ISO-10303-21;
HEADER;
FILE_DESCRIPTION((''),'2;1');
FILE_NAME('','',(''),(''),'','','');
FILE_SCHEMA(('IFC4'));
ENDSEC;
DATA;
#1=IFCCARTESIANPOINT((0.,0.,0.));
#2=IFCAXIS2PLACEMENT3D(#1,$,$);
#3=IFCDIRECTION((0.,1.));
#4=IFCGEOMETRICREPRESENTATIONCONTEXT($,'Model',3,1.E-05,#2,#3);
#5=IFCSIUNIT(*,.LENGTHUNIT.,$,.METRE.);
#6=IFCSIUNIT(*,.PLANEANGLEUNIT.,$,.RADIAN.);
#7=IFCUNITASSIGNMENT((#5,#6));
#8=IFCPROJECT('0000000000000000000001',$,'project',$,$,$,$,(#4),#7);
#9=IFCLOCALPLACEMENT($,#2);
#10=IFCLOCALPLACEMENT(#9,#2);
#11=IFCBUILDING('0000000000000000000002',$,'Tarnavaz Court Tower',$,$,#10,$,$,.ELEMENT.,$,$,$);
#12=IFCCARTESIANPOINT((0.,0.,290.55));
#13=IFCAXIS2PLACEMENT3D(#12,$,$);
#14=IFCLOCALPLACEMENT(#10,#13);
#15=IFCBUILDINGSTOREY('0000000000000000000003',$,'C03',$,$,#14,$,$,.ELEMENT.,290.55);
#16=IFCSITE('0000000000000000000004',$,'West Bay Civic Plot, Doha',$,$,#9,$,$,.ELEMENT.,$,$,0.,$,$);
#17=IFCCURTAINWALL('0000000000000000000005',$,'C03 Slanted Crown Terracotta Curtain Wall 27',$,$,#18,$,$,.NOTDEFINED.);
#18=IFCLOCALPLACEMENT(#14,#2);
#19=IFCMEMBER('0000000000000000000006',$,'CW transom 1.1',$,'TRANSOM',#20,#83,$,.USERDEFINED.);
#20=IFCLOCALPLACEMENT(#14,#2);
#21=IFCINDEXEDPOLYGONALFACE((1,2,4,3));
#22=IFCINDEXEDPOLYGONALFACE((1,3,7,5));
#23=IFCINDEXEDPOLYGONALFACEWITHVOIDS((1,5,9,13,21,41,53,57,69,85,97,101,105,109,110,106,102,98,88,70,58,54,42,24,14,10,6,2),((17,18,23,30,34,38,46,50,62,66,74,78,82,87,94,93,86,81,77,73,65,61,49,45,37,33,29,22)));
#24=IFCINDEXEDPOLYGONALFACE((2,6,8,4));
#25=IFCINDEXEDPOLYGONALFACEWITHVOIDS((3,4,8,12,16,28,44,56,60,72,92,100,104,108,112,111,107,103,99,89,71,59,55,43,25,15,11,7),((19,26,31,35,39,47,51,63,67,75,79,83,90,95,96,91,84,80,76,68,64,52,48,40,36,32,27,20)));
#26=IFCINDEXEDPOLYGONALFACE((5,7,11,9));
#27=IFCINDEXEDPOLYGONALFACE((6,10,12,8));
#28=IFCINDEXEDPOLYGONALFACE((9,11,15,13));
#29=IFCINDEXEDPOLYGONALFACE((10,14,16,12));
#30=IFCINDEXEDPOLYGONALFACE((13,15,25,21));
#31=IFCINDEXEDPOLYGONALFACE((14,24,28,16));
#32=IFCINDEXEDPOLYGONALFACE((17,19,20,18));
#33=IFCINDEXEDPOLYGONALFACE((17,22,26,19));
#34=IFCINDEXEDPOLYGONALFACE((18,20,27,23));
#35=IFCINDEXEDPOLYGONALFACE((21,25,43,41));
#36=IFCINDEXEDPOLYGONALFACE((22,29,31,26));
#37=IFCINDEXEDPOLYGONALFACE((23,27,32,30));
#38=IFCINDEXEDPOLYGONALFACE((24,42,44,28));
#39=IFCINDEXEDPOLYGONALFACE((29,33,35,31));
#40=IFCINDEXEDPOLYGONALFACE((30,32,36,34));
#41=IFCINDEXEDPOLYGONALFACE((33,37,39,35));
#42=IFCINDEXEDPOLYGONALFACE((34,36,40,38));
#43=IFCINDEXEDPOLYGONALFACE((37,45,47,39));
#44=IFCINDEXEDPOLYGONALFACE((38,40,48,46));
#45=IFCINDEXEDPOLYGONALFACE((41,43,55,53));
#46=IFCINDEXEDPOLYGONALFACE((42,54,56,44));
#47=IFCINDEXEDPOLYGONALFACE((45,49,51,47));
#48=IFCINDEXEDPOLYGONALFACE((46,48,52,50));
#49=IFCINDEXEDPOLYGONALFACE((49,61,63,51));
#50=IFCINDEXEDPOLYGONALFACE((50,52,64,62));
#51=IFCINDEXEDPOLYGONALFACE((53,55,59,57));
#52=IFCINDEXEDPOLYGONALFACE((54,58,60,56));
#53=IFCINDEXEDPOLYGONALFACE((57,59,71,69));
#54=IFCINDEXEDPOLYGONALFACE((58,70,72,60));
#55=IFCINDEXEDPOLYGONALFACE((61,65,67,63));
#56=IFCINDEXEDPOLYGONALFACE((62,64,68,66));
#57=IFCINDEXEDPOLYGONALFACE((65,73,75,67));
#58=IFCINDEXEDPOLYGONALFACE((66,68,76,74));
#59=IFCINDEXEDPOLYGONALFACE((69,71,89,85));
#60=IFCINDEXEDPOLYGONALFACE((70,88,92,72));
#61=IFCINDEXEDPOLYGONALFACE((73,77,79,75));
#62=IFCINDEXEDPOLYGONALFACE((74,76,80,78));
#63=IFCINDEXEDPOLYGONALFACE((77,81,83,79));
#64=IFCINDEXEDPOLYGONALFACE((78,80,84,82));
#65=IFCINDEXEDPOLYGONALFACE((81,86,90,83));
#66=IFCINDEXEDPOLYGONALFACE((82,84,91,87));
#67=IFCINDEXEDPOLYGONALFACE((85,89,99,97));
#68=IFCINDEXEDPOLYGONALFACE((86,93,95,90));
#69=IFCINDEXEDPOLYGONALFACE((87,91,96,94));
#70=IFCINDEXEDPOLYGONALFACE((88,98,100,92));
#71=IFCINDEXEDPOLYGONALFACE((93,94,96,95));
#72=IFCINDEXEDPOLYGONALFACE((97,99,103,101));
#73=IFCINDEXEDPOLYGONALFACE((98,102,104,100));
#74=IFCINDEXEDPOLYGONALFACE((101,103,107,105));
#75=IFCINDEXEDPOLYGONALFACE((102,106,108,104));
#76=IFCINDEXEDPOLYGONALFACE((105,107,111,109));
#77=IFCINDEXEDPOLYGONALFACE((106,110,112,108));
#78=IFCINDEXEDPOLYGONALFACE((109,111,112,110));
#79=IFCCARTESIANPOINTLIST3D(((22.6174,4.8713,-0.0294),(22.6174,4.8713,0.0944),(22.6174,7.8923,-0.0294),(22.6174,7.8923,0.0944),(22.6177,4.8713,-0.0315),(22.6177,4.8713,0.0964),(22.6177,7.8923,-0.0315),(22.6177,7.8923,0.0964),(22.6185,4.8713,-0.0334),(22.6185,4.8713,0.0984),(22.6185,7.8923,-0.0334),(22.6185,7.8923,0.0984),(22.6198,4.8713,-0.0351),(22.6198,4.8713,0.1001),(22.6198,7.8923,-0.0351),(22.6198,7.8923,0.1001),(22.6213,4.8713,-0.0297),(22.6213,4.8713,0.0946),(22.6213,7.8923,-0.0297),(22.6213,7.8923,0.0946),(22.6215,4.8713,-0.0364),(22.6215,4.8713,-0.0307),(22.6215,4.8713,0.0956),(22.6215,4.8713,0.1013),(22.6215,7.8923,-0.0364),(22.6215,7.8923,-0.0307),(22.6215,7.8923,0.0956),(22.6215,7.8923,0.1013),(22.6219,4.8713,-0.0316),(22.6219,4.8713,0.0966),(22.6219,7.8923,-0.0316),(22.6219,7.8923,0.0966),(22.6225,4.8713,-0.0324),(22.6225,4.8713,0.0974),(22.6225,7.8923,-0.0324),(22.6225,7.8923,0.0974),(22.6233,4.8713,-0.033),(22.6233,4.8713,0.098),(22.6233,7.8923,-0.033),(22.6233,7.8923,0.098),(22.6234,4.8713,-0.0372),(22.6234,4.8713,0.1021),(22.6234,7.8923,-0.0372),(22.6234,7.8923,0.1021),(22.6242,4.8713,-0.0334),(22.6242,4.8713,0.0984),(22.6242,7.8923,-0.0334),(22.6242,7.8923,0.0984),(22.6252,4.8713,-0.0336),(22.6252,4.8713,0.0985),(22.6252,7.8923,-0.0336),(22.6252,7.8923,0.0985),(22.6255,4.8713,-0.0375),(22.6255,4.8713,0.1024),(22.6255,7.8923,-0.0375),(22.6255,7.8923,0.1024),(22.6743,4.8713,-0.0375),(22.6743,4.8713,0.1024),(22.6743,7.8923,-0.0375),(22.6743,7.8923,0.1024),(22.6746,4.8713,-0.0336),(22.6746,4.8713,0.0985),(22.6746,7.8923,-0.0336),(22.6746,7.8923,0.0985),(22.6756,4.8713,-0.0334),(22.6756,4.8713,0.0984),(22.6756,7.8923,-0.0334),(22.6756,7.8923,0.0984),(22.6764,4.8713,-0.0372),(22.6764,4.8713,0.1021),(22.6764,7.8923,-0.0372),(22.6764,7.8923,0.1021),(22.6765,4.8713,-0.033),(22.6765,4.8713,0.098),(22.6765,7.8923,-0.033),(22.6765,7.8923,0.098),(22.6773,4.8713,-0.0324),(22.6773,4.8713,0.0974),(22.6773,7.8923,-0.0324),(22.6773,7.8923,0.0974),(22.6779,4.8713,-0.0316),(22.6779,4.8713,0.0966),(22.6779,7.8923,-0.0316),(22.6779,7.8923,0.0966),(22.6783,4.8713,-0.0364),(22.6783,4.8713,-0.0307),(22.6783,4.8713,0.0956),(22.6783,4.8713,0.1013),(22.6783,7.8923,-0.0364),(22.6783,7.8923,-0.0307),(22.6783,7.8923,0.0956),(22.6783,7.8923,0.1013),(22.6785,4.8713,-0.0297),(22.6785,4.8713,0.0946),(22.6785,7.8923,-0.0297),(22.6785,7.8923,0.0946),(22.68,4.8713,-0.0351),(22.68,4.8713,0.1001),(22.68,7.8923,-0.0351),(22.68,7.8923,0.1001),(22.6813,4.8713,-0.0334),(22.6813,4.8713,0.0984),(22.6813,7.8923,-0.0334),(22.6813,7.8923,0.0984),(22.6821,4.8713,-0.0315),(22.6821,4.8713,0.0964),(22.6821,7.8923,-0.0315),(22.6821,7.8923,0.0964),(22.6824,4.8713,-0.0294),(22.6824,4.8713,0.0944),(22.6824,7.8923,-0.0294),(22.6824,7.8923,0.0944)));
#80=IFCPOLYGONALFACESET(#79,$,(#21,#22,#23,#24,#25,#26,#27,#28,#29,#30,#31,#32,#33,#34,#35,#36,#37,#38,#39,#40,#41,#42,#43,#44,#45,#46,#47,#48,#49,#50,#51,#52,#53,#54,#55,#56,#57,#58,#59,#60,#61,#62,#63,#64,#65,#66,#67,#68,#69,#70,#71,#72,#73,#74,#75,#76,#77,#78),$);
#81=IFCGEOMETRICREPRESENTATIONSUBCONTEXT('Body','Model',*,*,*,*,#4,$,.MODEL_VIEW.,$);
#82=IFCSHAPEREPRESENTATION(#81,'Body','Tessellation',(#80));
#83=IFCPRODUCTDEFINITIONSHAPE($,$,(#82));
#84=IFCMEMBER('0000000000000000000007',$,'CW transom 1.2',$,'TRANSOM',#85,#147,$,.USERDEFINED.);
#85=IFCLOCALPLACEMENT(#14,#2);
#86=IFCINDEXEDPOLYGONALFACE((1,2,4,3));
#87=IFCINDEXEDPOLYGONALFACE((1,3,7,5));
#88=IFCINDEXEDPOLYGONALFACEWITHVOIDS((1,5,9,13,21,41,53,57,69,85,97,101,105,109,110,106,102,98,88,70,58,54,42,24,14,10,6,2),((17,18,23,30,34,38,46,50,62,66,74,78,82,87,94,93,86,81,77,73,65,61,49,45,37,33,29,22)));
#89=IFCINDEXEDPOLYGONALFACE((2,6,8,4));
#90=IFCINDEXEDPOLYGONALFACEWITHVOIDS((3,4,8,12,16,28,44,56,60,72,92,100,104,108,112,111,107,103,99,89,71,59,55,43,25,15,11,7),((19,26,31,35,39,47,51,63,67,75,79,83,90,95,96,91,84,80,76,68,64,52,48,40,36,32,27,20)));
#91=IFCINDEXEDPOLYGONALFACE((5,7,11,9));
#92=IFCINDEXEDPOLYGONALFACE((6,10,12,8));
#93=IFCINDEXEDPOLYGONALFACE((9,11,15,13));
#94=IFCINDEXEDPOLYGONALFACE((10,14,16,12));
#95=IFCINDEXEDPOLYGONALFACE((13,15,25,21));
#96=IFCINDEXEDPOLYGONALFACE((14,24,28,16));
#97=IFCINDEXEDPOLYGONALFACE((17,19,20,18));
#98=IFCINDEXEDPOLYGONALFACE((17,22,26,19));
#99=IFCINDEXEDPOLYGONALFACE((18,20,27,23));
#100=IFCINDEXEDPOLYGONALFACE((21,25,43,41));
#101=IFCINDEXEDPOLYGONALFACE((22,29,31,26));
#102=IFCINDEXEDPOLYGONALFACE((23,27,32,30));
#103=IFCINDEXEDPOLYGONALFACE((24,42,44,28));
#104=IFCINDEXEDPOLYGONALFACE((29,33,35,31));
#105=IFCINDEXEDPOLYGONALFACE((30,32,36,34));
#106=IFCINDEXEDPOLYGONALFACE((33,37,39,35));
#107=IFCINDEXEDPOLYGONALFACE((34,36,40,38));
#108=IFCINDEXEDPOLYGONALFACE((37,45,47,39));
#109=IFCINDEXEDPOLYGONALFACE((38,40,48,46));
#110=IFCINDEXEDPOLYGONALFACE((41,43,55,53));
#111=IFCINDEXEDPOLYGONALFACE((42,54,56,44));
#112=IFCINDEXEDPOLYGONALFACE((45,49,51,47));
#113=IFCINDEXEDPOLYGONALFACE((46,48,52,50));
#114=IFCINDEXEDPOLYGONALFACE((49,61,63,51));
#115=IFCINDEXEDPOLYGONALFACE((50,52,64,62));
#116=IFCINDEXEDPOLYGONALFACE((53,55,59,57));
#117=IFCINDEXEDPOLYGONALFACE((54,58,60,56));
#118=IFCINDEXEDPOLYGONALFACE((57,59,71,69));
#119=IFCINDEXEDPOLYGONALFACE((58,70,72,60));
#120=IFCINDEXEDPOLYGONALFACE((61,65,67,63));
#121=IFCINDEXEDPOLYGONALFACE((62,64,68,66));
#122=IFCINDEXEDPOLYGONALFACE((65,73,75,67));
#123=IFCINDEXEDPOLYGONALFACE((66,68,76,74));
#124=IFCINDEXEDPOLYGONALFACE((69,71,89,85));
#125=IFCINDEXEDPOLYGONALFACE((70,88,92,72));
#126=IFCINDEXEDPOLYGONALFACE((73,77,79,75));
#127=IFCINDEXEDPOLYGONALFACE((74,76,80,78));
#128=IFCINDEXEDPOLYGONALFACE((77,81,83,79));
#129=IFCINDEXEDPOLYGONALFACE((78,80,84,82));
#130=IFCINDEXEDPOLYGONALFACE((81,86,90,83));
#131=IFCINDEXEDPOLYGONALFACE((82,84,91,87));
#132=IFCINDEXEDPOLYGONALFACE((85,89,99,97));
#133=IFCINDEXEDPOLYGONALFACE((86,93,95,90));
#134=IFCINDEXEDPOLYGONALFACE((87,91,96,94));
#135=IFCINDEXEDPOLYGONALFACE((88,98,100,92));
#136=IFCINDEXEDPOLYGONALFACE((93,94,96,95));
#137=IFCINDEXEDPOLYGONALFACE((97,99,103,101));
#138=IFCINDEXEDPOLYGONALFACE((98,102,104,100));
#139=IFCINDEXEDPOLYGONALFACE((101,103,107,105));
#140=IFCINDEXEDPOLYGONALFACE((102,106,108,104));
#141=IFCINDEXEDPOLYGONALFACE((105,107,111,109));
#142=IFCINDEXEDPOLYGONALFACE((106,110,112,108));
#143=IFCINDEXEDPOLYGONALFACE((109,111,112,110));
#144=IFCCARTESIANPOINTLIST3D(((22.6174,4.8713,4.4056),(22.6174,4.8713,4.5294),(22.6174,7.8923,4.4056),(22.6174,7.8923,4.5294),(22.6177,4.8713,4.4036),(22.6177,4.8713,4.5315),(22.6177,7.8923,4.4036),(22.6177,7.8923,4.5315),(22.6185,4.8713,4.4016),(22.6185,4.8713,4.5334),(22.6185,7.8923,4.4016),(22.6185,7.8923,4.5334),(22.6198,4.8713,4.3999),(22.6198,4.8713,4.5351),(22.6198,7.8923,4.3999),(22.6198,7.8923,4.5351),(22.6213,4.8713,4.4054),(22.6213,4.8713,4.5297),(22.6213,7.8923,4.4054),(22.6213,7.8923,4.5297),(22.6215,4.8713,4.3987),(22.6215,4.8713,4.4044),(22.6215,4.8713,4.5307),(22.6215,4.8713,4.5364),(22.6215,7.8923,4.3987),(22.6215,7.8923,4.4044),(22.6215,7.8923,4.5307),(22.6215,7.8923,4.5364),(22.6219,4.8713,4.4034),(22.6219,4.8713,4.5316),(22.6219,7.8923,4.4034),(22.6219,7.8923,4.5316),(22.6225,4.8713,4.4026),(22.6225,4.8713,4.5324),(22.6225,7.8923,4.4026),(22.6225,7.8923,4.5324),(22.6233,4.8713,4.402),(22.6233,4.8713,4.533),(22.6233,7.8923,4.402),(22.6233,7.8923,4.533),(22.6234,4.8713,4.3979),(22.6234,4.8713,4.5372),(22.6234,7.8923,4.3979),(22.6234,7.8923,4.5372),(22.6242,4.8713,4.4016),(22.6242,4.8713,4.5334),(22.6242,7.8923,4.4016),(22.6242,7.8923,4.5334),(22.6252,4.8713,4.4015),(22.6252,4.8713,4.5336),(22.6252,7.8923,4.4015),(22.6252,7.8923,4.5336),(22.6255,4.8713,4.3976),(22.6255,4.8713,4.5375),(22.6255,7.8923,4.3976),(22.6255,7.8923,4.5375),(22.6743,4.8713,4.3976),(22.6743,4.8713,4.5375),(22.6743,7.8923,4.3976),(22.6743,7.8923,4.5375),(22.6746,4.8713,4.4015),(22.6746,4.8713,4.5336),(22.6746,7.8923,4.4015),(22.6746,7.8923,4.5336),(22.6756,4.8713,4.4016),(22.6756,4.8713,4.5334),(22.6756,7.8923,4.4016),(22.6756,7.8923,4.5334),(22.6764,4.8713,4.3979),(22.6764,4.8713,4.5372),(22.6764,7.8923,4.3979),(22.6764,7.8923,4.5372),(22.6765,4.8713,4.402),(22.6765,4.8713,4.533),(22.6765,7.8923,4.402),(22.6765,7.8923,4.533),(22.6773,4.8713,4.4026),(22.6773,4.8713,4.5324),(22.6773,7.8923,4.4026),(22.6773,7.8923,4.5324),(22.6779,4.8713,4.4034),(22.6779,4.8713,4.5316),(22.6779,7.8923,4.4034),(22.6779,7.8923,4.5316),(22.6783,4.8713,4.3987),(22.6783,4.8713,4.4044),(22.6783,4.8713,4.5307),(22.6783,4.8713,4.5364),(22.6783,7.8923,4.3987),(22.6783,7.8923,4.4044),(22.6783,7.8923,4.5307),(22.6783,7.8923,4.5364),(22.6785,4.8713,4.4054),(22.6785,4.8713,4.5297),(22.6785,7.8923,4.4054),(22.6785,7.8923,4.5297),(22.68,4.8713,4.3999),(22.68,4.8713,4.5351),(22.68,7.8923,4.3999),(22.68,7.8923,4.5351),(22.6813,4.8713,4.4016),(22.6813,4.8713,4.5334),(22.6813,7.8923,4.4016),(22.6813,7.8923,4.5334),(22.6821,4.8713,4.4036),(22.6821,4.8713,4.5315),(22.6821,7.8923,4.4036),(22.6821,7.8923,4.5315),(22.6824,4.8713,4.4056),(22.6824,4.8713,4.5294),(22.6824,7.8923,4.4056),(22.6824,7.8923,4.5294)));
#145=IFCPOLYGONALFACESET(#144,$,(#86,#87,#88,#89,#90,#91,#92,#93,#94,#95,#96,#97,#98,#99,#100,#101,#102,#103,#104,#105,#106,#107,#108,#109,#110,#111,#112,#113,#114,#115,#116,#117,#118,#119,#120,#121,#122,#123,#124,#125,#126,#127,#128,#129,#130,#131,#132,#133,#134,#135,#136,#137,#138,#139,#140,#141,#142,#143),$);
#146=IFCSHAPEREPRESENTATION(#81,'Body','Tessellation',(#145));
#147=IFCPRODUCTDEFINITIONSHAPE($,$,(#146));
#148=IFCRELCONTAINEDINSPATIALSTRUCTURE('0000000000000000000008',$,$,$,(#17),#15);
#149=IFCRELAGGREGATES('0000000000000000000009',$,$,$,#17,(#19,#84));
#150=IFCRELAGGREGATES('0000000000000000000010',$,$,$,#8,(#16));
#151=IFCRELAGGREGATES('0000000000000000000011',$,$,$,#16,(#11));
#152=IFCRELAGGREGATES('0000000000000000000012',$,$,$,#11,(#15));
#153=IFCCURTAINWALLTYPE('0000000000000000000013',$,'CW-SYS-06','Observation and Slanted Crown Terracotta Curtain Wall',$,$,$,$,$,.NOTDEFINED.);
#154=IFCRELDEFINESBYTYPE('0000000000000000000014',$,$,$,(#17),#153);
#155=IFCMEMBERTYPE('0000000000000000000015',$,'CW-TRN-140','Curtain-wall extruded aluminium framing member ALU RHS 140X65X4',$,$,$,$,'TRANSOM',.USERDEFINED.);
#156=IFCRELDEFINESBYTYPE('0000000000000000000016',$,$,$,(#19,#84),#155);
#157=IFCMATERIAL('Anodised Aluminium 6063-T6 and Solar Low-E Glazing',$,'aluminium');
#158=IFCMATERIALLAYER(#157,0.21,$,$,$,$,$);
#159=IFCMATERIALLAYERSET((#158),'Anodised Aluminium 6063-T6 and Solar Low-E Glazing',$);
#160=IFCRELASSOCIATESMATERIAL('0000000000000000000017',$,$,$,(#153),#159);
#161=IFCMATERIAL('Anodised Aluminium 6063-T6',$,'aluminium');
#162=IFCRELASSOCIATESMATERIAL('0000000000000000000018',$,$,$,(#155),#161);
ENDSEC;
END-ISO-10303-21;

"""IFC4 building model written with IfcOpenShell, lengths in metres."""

from ifc_helpers import new_model, si_unit, direction, frame, origin, origin_2d, place, context, subcontext, project, spatial, hollow_rectangle, extrude, material, layer, layer_set, material_profile, profile_set, type_object, element, aggregate, save


model = new_model("IFC4")

# Units and contexts
model_context = context("Model", 3, precision=1e-05, world=origin(), true_north=direction((0.0, 1.0)))
body_context = subcontext(model_context, "Body", "Model", "MODEL_VIEW")
ifc_project = project(units=[si_unit("LENGTHUNIT", "METRE"), si_unit("PLANEANGLEUNIT", "RADIAN")], contexts=[model_context])

# Site, building, storey
site_placement = place(None, origin())
site = spatial("IfcSite", under=ifc_project, at=site_placement, Name="West Bay Civic Plot, Doha", CompositionType="ELEMENT", RefElevation=0.0)
building_placement = place(site_placement, origin())
building = spatial("IfcBuilding", under=site, at=building_placement, Name="Tarnavaz Court Tower", CompositionType="ELEMENT")
storey_placement = place(building_placement, frame((0.0, 0.0, 290.55)))
storey = spatial("IfcBuildingStorey", under=building, at=storey_placement, Name="C03", CompositionType="ELEMENT", Elevation=290.55)

# Shared definitions
ifc_material_1 = material(Name="Anodised Aluminium 6063-T6 and Solar Low-E Glazing", Category="aluminium")
ifc_layer_1 = layer(ifc_material_1, 0.21)
ifc_layer_set_1 = layer_set([ifc_layer_1], Name="Anodised Aluminium 6063-T6 and Solar Low-E Glazing")
curtain_wall_type = type_object("IfcCurtainWallType", Name="CW-SYS-06", Description="Observation and Slanted Crown Terracotta Curtain Wall", PredefinedType="NOTDEFINED", material=ifc_layer_set_1)
ifc_material_2 = material(Name="Anodised Aluminium 6063-T6", Category="aluminium")

# Curtain wall
curtain_wall_1_placement = place(storey_placement, origin())
curtain_wall_1 = element("IfcCurtainWall", 1, at=curtain_wall_1_placement, inside=storey, type_object=curtain_wall_type, Name="C03 Slanted Crown Terracotta Curtain Wall 27", PredefinedType="NOTDEFINED")

# Members
ifc_material_profile_1 = material_profile(ifc_material_2, hollow_rectangle(XDim=0.0649, YDim=0.1399, WallThickness=0.0039, InnerFilletRadius=0.0039, OuterFilletRadius=0.0081, at=origin_2d()), Name="ALU RHS 140X65X4")
ifc_profile_set_1 = profile_set([ifc_material_profile_1], Name="Anodised Aluminium 6063-T6")
member_type_1 = type_object("IfcMemberType", Name="CW-TRN-140", Description="Curtain-wall extruded aluminium framing member ALU RHS 140X65X4", ElementType="TRANSOM", PredefinedType="USERDEFINED", material=ifc_profile_set_1)
member_1_placement = place(storey_placement, frame((22.6499, 7.8923, 0.0325), z_axis=(0.0, -1.0, 0.0), x_axis=(1.0, 0.0, 0.0)))
member_1 = element("IfcMember", 2, at=member_1_placement, type_object=member_type_1, Name="CW transom 1.1", ObjectType="TRANSOM", PredefinedType="USERDEFINED", context=body_context, shape_type="SweptSolid", body=[
    extrude(hollow_rectangle(XDim=0.0649, YDim=0.1399, WallThickness=0.0039, InnerFilletRadius=0.0039, OuterFilletRadius=0.0081, at=origin_2d()), origin(), (0.0, 0.0, 1.0), 3.021),
])
member_2_placement = place(storey_placement, frame((22.6499, 7.8923, 4.4675), z_axis=(0.0, -1.0, 0.0), x_axis=(1.0, 0.0, 0.0)))
member_2 = element("IfcMember", 3, at=member_2_placement, type_object=member_type_1, Name="CW transom 1.2", ObjectType="TRANSOM", PredefinedType="USERDEFINED", context=body_context, shape_type="SweptSolid", body=[
    extrude(hollow_rectangle(XDim=0.0649, YDim=0.1399, WallThickness=0.0039, InnerFilletRadius=0.0039, OuterFilletRadius=0.0081, at=origin_2d()), origin(), (0.0, 0.0, 1.0), 3.021),
])

aggregate(curtain_wall_1, [member_1, member_2])

save(model, "model.ifc")
